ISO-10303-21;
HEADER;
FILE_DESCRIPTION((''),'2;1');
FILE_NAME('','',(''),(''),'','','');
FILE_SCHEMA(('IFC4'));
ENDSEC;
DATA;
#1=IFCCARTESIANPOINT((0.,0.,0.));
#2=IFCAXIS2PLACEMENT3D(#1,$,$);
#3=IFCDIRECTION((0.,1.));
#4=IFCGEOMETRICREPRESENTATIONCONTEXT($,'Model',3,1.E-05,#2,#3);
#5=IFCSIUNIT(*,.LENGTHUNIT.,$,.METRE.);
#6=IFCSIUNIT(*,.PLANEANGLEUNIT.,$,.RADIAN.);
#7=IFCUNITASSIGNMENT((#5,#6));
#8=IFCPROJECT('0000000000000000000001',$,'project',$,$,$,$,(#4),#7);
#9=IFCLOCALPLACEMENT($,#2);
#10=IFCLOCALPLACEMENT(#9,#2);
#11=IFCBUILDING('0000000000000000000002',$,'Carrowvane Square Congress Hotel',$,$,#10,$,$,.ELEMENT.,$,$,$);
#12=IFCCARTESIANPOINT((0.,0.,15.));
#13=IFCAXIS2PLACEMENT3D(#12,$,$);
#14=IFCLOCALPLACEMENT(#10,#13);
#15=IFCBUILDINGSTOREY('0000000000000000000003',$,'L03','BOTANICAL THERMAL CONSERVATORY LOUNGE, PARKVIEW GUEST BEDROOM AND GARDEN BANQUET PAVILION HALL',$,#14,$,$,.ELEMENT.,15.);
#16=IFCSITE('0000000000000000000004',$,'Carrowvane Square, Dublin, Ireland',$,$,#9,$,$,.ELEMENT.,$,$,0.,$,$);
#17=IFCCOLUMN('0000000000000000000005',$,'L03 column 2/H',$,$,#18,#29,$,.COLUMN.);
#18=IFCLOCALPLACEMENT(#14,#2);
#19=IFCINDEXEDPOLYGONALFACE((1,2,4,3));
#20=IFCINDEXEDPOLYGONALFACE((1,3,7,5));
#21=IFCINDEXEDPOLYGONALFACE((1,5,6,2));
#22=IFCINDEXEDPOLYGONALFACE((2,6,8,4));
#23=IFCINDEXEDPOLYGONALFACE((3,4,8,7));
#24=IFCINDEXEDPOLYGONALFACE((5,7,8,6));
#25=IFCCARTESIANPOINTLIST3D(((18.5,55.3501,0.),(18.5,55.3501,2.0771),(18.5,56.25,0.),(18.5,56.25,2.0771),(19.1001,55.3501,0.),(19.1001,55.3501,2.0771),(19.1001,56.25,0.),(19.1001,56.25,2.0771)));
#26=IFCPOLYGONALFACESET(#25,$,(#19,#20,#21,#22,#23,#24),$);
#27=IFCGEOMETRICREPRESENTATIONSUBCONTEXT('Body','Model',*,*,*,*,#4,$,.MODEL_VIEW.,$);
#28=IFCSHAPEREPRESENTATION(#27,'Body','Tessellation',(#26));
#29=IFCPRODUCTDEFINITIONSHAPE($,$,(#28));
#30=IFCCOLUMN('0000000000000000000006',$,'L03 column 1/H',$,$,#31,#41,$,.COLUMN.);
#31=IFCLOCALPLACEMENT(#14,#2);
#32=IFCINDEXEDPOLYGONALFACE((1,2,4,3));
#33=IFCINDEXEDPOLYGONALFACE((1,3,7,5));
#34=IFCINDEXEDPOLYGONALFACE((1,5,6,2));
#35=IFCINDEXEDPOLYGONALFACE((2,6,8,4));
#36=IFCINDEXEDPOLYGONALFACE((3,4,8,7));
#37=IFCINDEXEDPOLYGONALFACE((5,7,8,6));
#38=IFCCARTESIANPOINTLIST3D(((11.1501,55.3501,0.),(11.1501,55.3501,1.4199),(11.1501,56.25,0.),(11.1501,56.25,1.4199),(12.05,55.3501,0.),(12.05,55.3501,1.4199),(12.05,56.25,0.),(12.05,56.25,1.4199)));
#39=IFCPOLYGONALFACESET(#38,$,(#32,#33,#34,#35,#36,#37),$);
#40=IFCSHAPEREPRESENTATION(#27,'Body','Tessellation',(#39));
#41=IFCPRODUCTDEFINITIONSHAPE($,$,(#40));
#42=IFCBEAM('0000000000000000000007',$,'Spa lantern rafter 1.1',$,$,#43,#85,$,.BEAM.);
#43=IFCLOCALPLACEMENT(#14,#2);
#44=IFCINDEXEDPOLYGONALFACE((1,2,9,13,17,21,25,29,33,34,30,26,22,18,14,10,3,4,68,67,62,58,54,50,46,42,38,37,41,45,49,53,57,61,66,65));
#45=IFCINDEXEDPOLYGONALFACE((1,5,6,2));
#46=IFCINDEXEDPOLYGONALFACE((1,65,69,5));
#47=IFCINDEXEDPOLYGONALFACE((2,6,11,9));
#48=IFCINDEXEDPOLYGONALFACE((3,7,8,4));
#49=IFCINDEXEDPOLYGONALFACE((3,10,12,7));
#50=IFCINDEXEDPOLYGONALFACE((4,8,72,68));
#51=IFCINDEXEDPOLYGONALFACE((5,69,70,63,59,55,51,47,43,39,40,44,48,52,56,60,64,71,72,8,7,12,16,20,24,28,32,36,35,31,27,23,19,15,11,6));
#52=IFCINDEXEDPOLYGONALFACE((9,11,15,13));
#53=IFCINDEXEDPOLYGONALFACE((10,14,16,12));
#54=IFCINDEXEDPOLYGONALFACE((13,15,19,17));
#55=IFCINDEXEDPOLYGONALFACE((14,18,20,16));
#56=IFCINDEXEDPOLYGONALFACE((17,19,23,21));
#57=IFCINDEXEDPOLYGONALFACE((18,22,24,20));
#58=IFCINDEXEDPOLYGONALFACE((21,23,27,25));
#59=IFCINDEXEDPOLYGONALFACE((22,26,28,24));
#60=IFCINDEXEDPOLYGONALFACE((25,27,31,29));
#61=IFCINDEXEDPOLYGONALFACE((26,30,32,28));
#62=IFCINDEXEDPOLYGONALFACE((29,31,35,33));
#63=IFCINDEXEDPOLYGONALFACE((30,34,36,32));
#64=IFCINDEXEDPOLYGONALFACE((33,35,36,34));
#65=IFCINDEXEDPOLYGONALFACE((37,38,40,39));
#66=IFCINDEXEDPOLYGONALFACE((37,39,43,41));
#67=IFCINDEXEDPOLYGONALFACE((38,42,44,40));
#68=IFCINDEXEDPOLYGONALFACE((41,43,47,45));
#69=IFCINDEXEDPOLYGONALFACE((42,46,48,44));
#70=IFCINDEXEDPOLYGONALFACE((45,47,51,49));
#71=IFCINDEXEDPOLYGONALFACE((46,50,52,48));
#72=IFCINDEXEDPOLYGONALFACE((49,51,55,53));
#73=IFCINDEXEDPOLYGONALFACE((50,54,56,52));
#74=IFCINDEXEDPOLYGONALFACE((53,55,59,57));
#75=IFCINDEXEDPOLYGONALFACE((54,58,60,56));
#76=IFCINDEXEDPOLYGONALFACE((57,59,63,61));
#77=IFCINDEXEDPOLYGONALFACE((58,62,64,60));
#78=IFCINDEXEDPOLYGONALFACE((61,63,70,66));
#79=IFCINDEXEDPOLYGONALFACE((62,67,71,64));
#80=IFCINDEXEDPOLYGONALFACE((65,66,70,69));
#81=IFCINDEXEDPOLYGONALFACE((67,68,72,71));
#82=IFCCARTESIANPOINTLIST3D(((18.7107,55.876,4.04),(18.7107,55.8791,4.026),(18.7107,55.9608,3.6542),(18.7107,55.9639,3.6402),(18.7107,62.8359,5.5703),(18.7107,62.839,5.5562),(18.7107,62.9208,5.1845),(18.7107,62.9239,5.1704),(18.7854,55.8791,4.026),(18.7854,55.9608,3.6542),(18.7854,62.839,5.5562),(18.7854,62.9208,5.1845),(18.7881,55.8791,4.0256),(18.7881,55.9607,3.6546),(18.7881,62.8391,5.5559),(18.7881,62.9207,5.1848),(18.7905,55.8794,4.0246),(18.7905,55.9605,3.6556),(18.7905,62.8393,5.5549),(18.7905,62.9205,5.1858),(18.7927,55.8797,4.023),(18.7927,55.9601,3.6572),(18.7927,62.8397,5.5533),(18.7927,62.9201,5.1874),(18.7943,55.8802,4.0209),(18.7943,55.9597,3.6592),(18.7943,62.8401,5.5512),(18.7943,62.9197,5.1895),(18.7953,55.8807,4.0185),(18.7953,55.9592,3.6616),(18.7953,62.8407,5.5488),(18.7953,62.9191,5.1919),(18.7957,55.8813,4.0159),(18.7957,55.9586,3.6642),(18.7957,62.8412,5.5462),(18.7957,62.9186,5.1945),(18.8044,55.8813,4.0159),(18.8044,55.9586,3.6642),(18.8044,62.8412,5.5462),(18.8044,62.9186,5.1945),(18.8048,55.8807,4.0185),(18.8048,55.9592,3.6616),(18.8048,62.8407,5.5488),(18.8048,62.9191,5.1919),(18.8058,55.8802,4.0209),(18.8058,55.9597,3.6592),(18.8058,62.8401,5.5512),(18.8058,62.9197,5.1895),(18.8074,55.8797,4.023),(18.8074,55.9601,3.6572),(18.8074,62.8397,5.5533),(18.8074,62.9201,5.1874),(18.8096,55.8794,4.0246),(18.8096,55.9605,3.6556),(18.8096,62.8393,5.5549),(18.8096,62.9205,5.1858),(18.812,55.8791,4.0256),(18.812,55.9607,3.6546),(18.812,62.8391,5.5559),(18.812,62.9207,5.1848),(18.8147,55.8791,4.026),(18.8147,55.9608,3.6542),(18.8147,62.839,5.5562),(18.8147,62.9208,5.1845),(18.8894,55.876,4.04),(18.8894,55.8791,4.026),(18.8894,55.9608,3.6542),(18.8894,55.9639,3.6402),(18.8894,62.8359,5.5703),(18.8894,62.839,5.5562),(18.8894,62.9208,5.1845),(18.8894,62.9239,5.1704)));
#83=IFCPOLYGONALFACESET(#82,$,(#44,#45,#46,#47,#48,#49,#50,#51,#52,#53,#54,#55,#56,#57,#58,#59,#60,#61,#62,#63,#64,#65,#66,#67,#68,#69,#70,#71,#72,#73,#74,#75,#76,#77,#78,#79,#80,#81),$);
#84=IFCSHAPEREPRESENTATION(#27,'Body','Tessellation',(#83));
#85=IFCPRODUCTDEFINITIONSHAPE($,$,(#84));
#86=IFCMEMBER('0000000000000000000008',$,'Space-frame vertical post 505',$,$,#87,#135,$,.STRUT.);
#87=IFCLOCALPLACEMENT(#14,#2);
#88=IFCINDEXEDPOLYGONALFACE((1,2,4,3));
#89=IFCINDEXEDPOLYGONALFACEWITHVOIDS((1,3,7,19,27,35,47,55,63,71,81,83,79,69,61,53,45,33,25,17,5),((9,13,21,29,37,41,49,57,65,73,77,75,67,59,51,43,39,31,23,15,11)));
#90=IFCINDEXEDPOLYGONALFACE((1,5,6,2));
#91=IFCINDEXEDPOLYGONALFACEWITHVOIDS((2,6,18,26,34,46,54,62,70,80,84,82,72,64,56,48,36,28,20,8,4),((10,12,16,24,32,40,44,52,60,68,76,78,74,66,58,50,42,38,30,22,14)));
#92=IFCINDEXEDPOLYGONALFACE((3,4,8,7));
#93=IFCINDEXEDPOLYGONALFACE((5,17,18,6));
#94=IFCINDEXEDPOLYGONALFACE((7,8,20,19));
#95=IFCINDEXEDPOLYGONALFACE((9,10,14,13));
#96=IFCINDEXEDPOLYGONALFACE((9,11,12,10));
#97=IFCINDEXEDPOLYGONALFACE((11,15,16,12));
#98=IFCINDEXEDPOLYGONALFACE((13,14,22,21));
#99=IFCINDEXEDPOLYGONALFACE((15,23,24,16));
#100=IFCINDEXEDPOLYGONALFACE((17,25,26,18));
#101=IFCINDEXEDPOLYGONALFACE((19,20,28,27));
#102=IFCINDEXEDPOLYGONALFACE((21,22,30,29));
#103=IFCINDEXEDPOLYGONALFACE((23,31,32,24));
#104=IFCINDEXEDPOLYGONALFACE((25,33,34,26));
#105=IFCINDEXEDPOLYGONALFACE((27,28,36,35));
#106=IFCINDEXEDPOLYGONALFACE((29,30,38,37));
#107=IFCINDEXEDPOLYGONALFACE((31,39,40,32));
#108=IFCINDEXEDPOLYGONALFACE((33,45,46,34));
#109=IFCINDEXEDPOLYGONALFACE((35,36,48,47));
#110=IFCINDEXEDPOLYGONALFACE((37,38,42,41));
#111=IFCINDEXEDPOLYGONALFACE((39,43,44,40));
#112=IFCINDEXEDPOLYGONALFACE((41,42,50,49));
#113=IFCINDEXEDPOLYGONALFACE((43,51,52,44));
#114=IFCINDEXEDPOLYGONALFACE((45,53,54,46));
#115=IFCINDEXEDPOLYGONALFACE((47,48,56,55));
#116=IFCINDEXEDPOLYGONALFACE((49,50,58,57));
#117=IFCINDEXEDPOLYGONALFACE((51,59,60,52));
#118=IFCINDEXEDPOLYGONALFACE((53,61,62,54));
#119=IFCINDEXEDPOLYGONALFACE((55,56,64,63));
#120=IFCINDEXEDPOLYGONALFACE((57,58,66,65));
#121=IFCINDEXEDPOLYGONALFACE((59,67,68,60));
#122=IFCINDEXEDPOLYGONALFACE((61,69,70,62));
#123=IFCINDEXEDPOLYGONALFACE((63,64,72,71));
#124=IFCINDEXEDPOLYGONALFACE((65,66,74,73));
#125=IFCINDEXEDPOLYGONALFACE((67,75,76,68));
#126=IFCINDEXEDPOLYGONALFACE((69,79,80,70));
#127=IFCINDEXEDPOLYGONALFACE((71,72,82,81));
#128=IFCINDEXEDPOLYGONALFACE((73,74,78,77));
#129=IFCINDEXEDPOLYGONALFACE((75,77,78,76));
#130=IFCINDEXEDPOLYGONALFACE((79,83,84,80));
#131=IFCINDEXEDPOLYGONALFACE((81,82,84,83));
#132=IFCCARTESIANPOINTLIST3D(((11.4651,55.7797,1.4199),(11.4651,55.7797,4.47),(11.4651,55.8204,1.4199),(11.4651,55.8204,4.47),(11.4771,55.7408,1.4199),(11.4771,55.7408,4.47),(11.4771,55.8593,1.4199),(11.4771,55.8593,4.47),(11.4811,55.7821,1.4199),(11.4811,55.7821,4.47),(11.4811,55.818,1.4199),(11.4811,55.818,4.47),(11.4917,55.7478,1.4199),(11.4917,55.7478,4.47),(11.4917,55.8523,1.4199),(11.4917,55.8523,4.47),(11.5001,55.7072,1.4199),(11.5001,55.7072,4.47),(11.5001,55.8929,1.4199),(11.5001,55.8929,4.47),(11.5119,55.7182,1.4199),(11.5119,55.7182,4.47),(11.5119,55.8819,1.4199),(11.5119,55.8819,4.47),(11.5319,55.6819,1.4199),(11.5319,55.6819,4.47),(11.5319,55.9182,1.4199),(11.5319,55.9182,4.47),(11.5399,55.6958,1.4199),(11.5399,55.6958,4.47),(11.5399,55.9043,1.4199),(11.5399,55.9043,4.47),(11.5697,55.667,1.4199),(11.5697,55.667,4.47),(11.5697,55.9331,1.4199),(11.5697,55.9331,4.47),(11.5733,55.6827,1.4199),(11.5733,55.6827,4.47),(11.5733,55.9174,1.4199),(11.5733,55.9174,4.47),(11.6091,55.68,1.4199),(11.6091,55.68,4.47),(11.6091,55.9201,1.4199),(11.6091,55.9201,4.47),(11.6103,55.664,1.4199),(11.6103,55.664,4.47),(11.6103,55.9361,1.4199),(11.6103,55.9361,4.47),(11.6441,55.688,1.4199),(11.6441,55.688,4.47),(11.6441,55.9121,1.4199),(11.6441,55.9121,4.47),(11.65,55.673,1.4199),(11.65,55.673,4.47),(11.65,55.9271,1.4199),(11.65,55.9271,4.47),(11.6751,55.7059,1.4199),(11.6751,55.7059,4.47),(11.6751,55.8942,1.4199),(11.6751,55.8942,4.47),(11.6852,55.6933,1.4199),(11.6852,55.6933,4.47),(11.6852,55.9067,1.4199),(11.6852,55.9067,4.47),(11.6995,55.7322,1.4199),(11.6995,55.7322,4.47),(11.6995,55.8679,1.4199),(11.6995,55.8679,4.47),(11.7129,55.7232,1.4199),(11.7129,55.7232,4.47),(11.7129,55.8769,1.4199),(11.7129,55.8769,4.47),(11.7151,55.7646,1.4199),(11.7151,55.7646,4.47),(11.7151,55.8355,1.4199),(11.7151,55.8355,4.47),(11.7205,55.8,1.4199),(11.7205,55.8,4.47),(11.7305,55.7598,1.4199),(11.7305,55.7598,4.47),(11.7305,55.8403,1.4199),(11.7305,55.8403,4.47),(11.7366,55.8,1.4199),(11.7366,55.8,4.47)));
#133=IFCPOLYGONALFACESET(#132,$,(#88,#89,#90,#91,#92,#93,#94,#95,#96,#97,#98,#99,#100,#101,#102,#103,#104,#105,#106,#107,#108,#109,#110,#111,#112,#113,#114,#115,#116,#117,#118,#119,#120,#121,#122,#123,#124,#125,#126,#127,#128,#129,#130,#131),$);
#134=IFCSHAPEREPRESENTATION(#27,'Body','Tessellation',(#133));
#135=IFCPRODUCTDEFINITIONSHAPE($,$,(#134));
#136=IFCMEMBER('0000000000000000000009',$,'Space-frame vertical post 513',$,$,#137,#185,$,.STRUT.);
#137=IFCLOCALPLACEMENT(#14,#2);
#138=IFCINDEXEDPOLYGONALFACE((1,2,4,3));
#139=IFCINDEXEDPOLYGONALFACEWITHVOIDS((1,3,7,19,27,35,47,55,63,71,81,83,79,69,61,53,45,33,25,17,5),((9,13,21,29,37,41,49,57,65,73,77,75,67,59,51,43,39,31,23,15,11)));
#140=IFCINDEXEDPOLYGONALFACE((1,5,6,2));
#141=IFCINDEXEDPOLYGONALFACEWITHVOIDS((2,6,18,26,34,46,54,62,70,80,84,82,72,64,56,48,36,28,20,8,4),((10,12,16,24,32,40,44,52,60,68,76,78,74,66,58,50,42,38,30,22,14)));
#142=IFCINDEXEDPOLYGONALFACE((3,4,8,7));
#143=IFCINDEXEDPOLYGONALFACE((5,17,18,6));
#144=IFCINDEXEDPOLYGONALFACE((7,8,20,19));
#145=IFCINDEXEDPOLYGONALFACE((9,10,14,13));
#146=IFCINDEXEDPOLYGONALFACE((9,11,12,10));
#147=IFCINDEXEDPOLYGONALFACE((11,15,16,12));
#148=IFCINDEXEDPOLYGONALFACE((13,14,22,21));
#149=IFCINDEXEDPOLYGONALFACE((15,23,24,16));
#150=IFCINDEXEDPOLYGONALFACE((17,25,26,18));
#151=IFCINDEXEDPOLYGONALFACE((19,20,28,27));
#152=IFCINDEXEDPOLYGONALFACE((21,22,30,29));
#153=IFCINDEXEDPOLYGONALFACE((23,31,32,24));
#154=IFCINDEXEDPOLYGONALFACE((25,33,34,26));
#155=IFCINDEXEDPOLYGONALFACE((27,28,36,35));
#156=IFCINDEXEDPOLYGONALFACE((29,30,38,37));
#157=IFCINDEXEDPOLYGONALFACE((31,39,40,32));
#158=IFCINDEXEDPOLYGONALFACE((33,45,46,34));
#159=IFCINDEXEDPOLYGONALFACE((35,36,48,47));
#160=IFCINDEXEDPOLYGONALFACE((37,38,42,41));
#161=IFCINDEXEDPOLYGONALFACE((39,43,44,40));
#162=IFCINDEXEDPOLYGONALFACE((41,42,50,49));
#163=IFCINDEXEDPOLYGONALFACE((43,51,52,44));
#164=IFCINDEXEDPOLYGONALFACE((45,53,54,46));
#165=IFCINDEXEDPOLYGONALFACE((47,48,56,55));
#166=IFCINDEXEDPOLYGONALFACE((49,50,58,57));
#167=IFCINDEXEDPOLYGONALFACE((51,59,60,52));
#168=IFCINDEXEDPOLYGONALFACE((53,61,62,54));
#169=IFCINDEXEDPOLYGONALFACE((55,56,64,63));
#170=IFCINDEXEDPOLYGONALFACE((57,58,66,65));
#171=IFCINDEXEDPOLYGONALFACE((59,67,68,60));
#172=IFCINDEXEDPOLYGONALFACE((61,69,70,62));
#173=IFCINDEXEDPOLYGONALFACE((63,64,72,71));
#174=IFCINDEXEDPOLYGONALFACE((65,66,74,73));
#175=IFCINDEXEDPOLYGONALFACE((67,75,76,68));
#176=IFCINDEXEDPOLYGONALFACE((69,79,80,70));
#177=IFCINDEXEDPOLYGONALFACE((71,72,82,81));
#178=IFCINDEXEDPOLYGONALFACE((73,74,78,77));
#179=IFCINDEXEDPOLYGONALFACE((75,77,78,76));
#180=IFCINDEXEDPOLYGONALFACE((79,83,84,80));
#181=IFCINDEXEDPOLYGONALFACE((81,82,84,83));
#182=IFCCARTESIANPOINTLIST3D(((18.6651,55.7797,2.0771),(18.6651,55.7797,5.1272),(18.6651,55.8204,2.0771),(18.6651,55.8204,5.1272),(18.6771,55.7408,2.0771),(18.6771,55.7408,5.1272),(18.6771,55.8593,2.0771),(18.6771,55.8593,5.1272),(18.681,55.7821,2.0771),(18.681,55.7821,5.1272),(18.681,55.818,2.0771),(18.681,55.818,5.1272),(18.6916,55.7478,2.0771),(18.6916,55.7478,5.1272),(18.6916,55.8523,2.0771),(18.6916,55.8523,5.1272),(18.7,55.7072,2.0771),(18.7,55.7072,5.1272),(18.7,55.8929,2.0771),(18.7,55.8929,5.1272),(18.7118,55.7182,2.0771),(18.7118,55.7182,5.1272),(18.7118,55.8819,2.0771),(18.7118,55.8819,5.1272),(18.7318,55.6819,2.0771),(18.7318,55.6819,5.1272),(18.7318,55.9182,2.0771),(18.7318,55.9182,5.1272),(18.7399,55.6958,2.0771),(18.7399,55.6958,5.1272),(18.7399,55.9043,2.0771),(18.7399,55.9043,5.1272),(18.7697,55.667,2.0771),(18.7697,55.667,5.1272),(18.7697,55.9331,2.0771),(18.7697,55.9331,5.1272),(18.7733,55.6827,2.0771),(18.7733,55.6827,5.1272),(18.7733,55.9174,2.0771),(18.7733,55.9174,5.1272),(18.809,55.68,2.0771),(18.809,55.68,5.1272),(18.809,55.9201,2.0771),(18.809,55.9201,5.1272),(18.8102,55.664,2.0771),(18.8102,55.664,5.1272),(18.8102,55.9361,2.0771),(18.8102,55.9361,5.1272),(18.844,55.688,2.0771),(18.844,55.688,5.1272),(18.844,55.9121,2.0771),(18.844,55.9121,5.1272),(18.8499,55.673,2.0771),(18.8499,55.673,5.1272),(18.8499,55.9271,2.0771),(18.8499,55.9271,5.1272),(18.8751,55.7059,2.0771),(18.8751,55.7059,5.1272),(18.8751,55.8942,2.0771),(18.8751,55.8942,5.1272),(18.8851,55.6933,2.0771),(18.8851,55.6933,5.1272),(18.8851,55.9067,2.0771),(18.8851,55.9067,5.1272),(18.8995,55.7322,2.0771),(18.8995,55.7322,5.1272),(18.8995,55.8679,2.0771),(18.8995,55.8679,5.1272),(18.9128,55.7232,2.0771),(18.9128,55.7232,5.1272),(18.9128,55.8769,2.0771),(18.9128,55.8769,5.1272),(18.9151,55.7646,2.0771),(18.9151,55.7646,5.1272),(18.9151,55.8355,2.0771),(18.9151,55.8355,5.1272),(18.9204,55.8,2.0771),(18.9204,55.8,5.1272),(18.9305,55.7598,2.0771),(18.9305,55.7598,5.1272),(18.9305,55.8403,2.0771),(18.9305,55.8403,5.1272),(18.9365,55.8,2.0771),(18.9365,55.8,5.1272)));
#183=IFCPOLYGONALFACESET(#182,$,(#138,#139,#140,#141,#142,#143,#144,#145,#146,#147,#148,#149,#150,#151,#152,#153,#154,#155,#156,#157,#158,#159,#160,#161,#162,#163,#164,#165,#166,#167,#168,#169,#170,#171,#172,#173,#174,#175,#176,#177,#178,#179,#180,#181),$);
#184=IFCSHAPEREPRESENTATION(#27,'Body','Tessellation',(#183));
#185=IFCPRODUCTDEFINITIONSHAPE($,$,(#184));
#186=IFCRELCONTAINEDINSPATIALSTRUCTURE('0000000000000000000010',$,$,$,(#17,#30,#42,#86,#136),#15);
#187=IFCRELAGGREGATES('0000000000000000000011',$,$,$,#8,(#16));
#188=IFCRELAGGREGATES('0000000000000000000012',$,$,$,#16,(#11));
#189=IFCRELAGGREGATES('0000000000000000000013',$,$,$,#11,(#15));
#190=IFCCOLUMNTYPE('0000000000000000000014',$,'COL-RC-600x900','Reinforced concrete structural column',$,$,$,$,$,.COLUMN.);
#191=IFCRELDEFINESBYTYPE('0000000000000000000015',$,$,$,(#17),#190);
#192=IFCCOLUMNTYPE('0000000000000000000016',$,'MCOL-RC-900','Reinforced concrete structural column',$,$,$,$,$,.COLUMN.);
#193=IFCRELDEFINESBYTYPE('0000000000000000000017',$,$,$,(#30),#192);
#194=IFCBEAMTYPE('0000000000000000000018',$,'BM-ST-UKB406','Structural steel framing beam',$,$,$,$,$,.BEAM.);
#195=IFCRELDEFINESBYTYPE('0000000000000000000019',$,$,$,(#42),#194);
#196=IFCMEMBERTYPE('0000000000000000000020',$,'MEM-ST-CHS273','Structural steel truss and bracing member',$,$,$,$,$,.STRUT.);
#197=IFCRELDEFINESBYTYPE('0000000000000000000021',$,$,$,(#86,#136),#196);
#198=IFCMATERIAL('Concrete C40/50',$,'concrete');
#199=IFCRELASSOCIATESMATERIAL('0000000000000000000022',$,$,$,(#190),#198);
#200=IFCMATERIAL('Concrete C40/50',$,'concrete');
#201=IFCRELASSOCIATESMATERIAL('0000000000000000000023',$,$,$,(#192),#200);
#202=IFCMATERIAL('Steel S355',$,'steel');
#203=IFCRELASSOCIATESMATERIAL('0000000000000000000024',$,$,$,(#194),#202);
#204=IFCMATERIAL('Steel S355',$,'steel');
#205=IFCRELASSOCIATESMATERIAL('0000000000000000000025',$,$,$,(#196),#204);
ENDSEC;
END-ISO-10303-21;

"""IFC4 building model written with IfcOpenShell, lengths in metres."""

from ifc_helpers import new_model, si_unit, direction, frame, origin, origin_2d, place, context, subcontext, project, spatial, rectangle, hollow_circle, i_section, extrude, material, material_profile, profile_set, type_object, element, save


model = new_model("IFC4")

# Units and contexts
model_context = context("Model", 3, precision=1e-05, world=origin(), true_north=direction((0.0, 1.0)))
body_context = subcontext(model_context, "Body", "Model", "MODEL_VIEW")
ifc_project = project(units=[si_unit("LENGTHUNIT", "METRE"), si_unit("PLANEANGLEUNIT", "RADIAN")], contexts=[model_context])

# Site, building, storey
site_placement = place(None, origin())
site = spatial("IfcSite", under=ifc_project, at=site_placement, Name="Carrowvane Square, Dublin, Ireland", CompositionType="ELEMENT", RefElevation=0.0)
building_placement = place(site_placement, origin())
building = spatial("IfcBuilding", under=site, at=building_placement, Name="Carrowvane Square Congress Hotel", CompositionType="ELEMENT")
storey_placement = place(building_placement, frame((0.0, 0.0, 15.0)))
storey = spatial("IfcBuildingStorey", under=building, at=storey_placement, Name="L03", Description="BOTANICAL THERMAL CONSERVATORY LOUNGE, PARKVIEW GUEST BEDROOM AND GARDEN BANQUET PAVILION HALL", CompositionType="ELEMENT", Elevation=15.0)

# Columns
ifc_material_1 = material(Name="Concrete C40/50", Category="concrete")
ifc_material_profile_1 = material_profile(ifc_material_1, rectangle(XDim=0.6001, YDim=0.8999, at=origin_2d()), Name="RC 600x900")
ifc_profile_set_1 = profile_set([ifc_material_profile_1], Name="Concrete C40/50")
column_type_1 = type_object("IfcColumnType", Name="COL-RC-600x900", Description="Reinforced concrete structural column", PredefinedType="COLUMN", material=ifc_profile_set_1)
column_1_placement = place(storey_placement, frame((18.8, 55.8, 0.0), z_axis=(0.0, 0.0, 1.0), x_axis=(1.0, 0.0, 0.0)))
element("IfcColumn", 1, at=column_1_placement, inside=storey, type_object=column_type_1, Name="L03 column 2/H", PredefinedType="COLUMN", context=body_context, shape_type="SweptSolid", body=[
    extrude(rectangle(XDim=0.6001, YDim=0.8999, at=origin_2d()), origin(), (0.0, 0.0, 1.0), 2.0771),
])
ifc_material_2 = material(Name="Concrete C40/50", Category="concrete")
ifc_material_profile_2 = material_profile(ifc_material_2, rectangle(XDim=0.8999, YDim=0.8999, at=origin_2d()), Name="RC 900x900")
ifc_profile_set_2 = profile_set([ifc_material_profile_2], Name="Concrete C40/50")
column_type_2 = type_object("IfcColumnType", Name="MCOL-RC-900", Description="Reinforced concrete structural column", PredefinedType="COLUMN", material=ifc_profile_set_2)
column_2_placement = place(storey_placement, frame((11.6001, 55.8, 0.0), z_axis=(0.0, 0.0, 1.0), x_axis=(1.0, 0.0, 0.0)))
element("IfcColumn", 2, at=column_2_placement, inside=storey, type_object=column_type_2, Name="L03 column 1/H", PredefinedType="COLUMN", context=body_context, shape_type="SweptSolid", body=[
    extrude(rectangle(XDim=0.8999, YDim=0.8999, at=origin_2d()), origin(), (0.0, 0.0, 1.0), 1.4199),
])

# Beam
ifc_material_3 = material(Name="Steel S355", Category="steel")
ifc_material_profile_3 = material_profile(ifc_material_3, i_section(OverallWidth=0.1787, OverallDepth=0.4094, WebThickness=0.0088, FlangeThickness=0.0144, FilletRadius=0.0103, at=origin_2d()), Name="UKB 406x178x67")
ifc_profile_set_3 = profile_set([ifc_material_profile_3], Name="Steel S355")
beam_type = type_object("IfcBeamType", Name="BM-ST-UKB406", Description="Structural steel framing beam", PredefinedType="BEAM", material=ifc_profile_set_3)
beam_placement = place(storey_placement, frame((18.8, 55.9199, 3.8401), z_axis=(0.0, 0.976671, 0.214739), x_axis=(-1.0, 0.0, 0.0)))
element("IfcBeam", 3, at=beam_placement, inside=storey, type_object=beam_type, Name="Spa lantern rafter 1.1", PredefinedType="BEAM", context=body_context, shape_type="SweptSolid", body=[
    extrude(i_section(OverallWidth=0.1787, OverallDepth=0.4094, WebThickness=0.0088, FlangeThickness=0.0144, FilletRadius=0.0103, at=origin_2d()), origin(), (0.0, 0.0, 1.0), 7.1262),
])

# Members
ifc_material_4 = material(Name="Steel S355", Category="steel")
ifc_material_profile_4 = material_profile(ifc_material_4, hollow_circle(Radius=0.1365, WallThickness=0.0161, at=origin_2d()), Name="CHS 273.0x16")
ifc_profile_set_4 = profile_set([ifc_material_profile_4], Name="Steel S355")
member_type_1 = type_object("IfcMemberType", Name="MEM-ST-CHS273", Description="Structural steel truss and bracing member", PredefinedType="STRUT", material=ifc_profile_set_4)
for number, where, z_axis, x_axis, name in (
    (4, (11.6001, 55.8, 1.4199), (0.0, 0.0, 1.0), (1.0, 0.0, 0.0), "Space-frame vertical post 505"),
    (5, (18.8, 55.8, 2.0771), (0.0, 0.0, 1.0), (1.0, 0.0, 0.0), "Space-frame vertical post 513"),
):
    element("IfcMember", number, at=place(storey_placement, frame(where, z_axis=z_axis, x_axis=x_axis)), inside=storey, type_object=member_type_1, Name=name, PredefinedType="STRUT", context=body_context, shape_type="SweptSolid", body=[
        extrude(hollow_circle(Radius=0.1365, WallThickness=0.0161, at=origin_2d()), origin(), (0.0, 0.0, 1.0), 3.05),
    ])

save(model, "model.ifc")
